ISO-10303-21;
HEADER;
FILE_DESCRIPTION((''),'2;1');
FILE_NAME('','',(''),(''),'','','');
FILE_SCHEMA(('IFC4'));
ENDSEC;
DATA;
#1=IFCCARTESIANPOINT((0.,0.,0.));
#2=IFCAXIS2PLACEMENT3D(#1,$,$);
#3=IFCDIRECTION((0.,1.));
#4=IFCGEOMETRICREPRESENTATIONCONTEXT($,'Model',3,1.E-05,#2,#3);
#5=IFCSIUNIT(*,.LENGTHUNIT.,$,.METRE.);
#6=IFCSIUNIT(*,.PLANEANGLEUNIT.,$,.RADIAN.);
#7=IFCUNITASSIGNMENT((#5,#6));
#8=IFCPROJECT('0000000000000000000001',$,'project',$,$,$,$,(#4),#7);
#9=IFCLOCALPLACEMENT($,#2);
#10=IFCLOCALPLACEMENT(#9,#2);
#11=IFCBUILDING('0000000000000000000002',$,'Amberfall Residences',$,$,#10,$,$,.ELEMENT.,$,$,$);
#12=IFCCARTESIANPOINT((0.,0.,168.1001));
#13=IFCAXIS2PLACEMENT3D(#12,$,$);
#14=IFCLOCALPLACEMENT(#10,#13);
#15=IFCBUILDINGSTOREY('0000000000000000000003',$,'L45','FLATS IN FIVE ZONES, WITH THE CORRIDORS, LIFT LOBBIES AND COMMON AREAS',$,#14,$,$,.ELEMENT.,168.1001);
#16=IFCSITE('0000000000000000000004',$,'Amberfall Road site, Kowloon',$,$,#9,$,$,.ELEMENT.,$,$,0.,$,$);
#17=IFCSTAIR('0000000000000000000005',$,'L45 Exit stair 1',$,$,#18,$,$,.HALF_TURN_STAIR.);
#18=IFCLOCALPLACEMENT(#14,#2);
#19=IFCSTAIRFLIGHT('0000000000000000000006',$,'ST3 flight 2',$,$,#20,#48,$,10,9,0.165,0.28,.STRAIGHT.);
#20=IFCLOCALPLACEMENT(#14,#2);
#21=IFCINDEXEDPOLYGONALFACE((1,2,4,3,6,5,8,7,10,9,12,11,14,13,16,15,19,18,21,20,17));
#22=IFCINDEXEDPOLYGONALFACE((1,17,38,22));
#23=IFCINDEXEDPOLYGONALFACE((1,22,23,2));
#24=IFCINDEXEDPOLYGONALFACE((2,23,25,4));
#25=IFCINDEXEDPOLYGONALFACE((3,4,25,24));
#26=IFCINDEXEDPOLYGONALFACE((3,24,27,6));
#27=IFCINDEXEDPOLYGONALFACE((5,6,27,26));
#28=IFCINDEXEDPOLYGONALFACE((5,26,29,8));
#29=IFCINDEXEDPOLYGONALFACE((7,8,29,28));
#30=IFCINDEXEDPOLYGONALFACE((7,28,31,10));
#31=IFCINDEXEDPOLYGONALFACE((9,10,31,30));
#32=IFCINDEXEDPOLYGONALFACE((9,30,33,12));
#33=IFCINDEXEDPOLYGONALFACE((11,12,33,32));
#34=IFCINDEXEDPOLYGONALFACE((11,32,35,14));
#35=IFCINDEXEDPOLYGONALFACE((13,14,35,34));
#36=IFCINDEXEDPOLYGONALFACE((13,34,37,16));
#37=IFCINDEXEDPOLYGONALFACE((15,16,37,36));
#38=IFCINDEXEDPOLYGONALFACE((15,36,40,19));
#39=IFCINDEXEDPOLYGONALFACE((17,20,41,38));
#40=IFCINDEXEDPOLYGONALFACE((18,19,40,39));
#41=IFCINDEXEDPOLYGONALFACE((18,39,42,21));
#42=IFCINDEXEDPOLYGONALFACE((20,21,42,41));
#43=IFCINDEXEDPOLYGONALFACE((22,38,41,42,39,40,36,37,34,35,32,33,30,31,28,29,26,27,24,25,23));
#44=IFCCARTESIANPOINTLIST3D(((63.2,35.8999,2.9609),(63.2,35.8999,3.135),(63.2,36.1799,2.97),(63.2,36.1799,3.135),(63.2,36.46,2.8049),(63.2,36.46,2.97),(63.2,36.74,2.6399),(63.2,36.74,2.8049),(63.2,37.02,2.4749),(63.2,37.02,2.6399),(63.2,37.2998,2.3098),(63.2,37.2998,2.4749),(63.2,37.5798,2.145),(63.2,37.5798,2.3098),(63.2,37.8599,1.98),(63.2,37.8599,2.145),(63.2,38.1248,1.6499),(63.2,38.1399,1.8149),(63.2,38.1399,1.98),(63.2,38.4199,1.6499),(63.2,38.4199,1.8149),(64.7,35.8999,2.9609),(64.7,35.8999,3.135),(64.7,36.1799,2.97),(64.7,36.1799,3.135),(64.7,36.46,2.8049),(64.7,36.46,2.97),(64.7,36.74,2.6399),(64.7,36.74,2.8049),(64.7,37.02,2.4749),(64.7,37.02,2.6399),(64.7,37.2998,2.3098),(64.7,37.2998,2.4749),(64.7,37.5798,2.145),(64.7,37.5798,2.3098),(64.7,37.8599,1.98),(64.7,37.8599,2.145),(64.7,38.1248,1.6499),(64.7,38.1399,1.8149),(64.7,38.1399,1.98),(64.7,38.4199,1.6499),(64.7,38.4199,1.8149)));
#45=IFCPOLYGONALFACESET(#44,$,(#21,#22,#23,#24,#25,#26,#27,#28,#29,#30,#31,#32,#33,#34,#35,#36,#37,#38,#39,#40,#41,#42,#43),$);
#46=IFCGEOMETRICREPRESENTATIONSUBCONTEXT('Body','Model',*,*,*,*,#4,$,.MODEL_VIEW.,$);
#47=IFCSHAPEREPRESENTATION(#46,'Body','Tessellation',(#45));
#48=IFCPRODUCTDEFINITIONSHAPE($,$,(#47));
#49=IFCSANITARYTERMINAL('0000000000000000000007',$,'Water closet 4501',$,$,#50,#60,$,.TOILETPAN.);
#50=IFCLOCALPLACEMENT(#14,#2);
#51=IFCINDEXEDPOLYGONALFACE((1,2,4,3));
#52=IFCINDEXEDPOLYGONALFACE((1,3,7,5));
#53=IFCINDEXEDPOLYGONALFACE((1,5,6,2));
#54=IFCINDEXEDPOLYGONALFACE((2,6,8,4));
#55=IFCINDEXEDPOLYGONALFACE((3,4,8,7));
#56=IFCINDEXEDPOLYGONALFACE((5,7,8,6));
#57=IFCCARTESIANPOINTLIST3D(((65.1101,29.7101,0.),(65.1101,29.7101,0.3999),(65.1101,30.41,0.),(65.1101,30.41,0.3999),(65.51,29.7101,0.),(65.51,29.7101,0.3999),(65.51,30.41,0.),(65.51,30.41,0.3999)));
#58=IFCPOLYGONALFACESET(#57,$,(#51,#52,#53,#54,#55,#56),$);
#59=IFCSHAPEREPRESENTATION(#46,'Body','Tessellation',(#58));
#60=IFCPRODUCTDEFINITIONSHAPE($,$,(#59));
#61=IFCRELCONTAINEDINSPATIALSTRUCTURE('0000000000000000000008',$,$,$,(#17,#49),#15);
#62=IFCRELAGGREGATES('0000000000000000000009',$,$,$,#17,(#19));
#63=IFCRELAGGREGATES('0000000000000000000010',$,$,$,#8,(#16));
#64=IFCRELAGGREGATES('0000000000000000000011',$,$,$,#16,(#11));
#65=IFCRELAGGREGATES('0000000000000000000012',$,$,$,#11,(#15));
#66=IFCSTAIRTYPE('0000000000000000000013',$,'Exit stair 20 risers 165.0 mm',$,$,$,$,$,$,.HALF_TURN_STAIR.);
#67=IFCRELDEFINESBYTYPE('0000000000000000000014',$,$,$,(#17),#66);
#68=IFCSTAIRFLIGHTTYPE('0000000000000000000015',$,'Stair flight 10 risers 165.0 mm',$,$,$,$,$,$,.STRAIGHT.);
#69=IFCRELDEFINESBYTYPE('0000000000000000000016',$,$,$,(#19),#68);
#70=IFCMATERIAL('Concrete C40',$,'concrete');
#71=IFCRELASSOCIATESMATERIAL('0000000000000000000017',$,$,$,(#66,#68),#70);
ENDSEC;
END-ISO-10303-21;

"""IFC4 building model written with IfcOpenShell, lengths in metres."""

from ifc_helpers import new_model, si_unit, direction, frame, origin, origin_2d, place, context, subcontext, project, spatial, polyline, rectangle, outline, extrude, material, type_object, element, aggregate, save


model = new_model("IFC4")

# Units and contexts
model_context = context("Model", 3, precision=1e-05, world=origin(), true_north=direction((0.0, 1.0)))
body_context = subcontext(model_context, "Body", "Model", "MODEL_VIEW")
ifc_project = project(units=[si_unit("LENGTHUNIT", "METRE"), si_unit("PLANEANGLEUNIT", "RADIAN")], contexts=[model_context])

# Site, building, storey
site_placement = place(None, origin())
site = spatial("IfcSite", under=ifc_project, at=site_placement, Name="Amberfall Road site, Kowloon", CompositionType="ELEMENT", RefElevation=0.0)
building_placement = place(site_placement, origin())
building = spatial("IfcBuilding", under=site, at=building_placement, Name="Amberfall Residences", CompositionType="ELEMENT")
storey_placement = place(building_placement, frame((0.0, 0.0, 168.1001)))
storey = spatial("IfcBuildingStorey", under=building, at=storey_placement, Name="L45", Description="FLATS IN FIVE ZONES, WITH THE CORRIDORS, LIFT LOBBIES AND COMMON AREAS", CompositionType="ELEMENT", Elevation=168.1001)

# Stair, stair flight
ifc_material_1 = material(Name="Concrete C40", Category="concrete")
stair_type = type_object("IfcStairType", Name="Exit stair 20 risers 165.0 mm", PredefinedType="HALF_TURN_STAIR", material=ifc_material_1)
stair_placement = place(storey_placement, origin())
stair = element("IfcStair", 1, at=stair_placement, inside=storey, type_object=stair_type, Name="L45 Exit stair 1", PredefinedType="HALF_TURN_STAIR")
stair_flight_type = type_object("IfcStairFlightType", Name="Stair flight 10 risers 165.0 mm", PredefinedType="STRAIGHT", material=ifc_material_1)
stair_flight_placement = place(storey_placement, frame((63.95, 38.4199, 1.6499), z_axis=(0.0, 0.0, 1.0), x_axis=(0.0, -1.0, 0.0)))
stair_flight = element("IfcStairFlight", 2, at=stair_flight_placement, type_object=stair_flight_type, Name="ST3 flight 2", NumberOfRisers=10, NumberOfTreads=9, PredefinedType="STRAIGHT", RiserHeight=0.165, TreadLength=0.28, context=body_context, shape_type="SweptSolid", body=[
    extrude(outline(polyline([(0.0, 0.0), (0.0, 0.165), (0.28, 0.165), (0.28, 0.3301), (0.5601, 0.3301), (0.5601, 0.4951), (0.8401, 0.4951), (0.8401, 0.6599), (1.1201, 0.6599), (1.1201, 0.825), (1.3999, 0.825), (1.3999, 0.99), (1.6799, 0.99), (1.6799, 1.155), (1.96, 1.155), (1.96, 1.3201), (2.24, 1.3201), (2.24, 1.4851), (2.52, 1.4851), (2.52, 1.6499), (2.52, 1.311), (0.2952, 0.0), (0.0, 0.0)])), frame((0.0, 0.75, 0.0), z_axis=(0.0, -1.0, 0.0), x_axis=(1.0, 0.0, 0.0)), (0.0, 0.0, 1.0), 1.5),
])
aggregate(stair, [stair_flight])

# Sanitary terminal
sanitary_terminal_placement = place(storey_placement, frame((65.3101, 30.0601, 0.0), z_axis=(0.0, 0.0, 1.0), x_axis=(1.0, 0.0, 0.0)))
element("IfcSanitaryTerminal", 3, at=sanitary_terminal_placement, inside=storey, Name="Water closet 4501", PredefinedType="TOILETPAN", context=body_context, shape_type="SweptSolid", body=[
    extrude(rectangle(XDim=0.3999, YDim=0.7, at=origin_2d()), origin(), (0.0, 0.0, 1.0), 0.3999),
])

save(model, "model.ifc")
